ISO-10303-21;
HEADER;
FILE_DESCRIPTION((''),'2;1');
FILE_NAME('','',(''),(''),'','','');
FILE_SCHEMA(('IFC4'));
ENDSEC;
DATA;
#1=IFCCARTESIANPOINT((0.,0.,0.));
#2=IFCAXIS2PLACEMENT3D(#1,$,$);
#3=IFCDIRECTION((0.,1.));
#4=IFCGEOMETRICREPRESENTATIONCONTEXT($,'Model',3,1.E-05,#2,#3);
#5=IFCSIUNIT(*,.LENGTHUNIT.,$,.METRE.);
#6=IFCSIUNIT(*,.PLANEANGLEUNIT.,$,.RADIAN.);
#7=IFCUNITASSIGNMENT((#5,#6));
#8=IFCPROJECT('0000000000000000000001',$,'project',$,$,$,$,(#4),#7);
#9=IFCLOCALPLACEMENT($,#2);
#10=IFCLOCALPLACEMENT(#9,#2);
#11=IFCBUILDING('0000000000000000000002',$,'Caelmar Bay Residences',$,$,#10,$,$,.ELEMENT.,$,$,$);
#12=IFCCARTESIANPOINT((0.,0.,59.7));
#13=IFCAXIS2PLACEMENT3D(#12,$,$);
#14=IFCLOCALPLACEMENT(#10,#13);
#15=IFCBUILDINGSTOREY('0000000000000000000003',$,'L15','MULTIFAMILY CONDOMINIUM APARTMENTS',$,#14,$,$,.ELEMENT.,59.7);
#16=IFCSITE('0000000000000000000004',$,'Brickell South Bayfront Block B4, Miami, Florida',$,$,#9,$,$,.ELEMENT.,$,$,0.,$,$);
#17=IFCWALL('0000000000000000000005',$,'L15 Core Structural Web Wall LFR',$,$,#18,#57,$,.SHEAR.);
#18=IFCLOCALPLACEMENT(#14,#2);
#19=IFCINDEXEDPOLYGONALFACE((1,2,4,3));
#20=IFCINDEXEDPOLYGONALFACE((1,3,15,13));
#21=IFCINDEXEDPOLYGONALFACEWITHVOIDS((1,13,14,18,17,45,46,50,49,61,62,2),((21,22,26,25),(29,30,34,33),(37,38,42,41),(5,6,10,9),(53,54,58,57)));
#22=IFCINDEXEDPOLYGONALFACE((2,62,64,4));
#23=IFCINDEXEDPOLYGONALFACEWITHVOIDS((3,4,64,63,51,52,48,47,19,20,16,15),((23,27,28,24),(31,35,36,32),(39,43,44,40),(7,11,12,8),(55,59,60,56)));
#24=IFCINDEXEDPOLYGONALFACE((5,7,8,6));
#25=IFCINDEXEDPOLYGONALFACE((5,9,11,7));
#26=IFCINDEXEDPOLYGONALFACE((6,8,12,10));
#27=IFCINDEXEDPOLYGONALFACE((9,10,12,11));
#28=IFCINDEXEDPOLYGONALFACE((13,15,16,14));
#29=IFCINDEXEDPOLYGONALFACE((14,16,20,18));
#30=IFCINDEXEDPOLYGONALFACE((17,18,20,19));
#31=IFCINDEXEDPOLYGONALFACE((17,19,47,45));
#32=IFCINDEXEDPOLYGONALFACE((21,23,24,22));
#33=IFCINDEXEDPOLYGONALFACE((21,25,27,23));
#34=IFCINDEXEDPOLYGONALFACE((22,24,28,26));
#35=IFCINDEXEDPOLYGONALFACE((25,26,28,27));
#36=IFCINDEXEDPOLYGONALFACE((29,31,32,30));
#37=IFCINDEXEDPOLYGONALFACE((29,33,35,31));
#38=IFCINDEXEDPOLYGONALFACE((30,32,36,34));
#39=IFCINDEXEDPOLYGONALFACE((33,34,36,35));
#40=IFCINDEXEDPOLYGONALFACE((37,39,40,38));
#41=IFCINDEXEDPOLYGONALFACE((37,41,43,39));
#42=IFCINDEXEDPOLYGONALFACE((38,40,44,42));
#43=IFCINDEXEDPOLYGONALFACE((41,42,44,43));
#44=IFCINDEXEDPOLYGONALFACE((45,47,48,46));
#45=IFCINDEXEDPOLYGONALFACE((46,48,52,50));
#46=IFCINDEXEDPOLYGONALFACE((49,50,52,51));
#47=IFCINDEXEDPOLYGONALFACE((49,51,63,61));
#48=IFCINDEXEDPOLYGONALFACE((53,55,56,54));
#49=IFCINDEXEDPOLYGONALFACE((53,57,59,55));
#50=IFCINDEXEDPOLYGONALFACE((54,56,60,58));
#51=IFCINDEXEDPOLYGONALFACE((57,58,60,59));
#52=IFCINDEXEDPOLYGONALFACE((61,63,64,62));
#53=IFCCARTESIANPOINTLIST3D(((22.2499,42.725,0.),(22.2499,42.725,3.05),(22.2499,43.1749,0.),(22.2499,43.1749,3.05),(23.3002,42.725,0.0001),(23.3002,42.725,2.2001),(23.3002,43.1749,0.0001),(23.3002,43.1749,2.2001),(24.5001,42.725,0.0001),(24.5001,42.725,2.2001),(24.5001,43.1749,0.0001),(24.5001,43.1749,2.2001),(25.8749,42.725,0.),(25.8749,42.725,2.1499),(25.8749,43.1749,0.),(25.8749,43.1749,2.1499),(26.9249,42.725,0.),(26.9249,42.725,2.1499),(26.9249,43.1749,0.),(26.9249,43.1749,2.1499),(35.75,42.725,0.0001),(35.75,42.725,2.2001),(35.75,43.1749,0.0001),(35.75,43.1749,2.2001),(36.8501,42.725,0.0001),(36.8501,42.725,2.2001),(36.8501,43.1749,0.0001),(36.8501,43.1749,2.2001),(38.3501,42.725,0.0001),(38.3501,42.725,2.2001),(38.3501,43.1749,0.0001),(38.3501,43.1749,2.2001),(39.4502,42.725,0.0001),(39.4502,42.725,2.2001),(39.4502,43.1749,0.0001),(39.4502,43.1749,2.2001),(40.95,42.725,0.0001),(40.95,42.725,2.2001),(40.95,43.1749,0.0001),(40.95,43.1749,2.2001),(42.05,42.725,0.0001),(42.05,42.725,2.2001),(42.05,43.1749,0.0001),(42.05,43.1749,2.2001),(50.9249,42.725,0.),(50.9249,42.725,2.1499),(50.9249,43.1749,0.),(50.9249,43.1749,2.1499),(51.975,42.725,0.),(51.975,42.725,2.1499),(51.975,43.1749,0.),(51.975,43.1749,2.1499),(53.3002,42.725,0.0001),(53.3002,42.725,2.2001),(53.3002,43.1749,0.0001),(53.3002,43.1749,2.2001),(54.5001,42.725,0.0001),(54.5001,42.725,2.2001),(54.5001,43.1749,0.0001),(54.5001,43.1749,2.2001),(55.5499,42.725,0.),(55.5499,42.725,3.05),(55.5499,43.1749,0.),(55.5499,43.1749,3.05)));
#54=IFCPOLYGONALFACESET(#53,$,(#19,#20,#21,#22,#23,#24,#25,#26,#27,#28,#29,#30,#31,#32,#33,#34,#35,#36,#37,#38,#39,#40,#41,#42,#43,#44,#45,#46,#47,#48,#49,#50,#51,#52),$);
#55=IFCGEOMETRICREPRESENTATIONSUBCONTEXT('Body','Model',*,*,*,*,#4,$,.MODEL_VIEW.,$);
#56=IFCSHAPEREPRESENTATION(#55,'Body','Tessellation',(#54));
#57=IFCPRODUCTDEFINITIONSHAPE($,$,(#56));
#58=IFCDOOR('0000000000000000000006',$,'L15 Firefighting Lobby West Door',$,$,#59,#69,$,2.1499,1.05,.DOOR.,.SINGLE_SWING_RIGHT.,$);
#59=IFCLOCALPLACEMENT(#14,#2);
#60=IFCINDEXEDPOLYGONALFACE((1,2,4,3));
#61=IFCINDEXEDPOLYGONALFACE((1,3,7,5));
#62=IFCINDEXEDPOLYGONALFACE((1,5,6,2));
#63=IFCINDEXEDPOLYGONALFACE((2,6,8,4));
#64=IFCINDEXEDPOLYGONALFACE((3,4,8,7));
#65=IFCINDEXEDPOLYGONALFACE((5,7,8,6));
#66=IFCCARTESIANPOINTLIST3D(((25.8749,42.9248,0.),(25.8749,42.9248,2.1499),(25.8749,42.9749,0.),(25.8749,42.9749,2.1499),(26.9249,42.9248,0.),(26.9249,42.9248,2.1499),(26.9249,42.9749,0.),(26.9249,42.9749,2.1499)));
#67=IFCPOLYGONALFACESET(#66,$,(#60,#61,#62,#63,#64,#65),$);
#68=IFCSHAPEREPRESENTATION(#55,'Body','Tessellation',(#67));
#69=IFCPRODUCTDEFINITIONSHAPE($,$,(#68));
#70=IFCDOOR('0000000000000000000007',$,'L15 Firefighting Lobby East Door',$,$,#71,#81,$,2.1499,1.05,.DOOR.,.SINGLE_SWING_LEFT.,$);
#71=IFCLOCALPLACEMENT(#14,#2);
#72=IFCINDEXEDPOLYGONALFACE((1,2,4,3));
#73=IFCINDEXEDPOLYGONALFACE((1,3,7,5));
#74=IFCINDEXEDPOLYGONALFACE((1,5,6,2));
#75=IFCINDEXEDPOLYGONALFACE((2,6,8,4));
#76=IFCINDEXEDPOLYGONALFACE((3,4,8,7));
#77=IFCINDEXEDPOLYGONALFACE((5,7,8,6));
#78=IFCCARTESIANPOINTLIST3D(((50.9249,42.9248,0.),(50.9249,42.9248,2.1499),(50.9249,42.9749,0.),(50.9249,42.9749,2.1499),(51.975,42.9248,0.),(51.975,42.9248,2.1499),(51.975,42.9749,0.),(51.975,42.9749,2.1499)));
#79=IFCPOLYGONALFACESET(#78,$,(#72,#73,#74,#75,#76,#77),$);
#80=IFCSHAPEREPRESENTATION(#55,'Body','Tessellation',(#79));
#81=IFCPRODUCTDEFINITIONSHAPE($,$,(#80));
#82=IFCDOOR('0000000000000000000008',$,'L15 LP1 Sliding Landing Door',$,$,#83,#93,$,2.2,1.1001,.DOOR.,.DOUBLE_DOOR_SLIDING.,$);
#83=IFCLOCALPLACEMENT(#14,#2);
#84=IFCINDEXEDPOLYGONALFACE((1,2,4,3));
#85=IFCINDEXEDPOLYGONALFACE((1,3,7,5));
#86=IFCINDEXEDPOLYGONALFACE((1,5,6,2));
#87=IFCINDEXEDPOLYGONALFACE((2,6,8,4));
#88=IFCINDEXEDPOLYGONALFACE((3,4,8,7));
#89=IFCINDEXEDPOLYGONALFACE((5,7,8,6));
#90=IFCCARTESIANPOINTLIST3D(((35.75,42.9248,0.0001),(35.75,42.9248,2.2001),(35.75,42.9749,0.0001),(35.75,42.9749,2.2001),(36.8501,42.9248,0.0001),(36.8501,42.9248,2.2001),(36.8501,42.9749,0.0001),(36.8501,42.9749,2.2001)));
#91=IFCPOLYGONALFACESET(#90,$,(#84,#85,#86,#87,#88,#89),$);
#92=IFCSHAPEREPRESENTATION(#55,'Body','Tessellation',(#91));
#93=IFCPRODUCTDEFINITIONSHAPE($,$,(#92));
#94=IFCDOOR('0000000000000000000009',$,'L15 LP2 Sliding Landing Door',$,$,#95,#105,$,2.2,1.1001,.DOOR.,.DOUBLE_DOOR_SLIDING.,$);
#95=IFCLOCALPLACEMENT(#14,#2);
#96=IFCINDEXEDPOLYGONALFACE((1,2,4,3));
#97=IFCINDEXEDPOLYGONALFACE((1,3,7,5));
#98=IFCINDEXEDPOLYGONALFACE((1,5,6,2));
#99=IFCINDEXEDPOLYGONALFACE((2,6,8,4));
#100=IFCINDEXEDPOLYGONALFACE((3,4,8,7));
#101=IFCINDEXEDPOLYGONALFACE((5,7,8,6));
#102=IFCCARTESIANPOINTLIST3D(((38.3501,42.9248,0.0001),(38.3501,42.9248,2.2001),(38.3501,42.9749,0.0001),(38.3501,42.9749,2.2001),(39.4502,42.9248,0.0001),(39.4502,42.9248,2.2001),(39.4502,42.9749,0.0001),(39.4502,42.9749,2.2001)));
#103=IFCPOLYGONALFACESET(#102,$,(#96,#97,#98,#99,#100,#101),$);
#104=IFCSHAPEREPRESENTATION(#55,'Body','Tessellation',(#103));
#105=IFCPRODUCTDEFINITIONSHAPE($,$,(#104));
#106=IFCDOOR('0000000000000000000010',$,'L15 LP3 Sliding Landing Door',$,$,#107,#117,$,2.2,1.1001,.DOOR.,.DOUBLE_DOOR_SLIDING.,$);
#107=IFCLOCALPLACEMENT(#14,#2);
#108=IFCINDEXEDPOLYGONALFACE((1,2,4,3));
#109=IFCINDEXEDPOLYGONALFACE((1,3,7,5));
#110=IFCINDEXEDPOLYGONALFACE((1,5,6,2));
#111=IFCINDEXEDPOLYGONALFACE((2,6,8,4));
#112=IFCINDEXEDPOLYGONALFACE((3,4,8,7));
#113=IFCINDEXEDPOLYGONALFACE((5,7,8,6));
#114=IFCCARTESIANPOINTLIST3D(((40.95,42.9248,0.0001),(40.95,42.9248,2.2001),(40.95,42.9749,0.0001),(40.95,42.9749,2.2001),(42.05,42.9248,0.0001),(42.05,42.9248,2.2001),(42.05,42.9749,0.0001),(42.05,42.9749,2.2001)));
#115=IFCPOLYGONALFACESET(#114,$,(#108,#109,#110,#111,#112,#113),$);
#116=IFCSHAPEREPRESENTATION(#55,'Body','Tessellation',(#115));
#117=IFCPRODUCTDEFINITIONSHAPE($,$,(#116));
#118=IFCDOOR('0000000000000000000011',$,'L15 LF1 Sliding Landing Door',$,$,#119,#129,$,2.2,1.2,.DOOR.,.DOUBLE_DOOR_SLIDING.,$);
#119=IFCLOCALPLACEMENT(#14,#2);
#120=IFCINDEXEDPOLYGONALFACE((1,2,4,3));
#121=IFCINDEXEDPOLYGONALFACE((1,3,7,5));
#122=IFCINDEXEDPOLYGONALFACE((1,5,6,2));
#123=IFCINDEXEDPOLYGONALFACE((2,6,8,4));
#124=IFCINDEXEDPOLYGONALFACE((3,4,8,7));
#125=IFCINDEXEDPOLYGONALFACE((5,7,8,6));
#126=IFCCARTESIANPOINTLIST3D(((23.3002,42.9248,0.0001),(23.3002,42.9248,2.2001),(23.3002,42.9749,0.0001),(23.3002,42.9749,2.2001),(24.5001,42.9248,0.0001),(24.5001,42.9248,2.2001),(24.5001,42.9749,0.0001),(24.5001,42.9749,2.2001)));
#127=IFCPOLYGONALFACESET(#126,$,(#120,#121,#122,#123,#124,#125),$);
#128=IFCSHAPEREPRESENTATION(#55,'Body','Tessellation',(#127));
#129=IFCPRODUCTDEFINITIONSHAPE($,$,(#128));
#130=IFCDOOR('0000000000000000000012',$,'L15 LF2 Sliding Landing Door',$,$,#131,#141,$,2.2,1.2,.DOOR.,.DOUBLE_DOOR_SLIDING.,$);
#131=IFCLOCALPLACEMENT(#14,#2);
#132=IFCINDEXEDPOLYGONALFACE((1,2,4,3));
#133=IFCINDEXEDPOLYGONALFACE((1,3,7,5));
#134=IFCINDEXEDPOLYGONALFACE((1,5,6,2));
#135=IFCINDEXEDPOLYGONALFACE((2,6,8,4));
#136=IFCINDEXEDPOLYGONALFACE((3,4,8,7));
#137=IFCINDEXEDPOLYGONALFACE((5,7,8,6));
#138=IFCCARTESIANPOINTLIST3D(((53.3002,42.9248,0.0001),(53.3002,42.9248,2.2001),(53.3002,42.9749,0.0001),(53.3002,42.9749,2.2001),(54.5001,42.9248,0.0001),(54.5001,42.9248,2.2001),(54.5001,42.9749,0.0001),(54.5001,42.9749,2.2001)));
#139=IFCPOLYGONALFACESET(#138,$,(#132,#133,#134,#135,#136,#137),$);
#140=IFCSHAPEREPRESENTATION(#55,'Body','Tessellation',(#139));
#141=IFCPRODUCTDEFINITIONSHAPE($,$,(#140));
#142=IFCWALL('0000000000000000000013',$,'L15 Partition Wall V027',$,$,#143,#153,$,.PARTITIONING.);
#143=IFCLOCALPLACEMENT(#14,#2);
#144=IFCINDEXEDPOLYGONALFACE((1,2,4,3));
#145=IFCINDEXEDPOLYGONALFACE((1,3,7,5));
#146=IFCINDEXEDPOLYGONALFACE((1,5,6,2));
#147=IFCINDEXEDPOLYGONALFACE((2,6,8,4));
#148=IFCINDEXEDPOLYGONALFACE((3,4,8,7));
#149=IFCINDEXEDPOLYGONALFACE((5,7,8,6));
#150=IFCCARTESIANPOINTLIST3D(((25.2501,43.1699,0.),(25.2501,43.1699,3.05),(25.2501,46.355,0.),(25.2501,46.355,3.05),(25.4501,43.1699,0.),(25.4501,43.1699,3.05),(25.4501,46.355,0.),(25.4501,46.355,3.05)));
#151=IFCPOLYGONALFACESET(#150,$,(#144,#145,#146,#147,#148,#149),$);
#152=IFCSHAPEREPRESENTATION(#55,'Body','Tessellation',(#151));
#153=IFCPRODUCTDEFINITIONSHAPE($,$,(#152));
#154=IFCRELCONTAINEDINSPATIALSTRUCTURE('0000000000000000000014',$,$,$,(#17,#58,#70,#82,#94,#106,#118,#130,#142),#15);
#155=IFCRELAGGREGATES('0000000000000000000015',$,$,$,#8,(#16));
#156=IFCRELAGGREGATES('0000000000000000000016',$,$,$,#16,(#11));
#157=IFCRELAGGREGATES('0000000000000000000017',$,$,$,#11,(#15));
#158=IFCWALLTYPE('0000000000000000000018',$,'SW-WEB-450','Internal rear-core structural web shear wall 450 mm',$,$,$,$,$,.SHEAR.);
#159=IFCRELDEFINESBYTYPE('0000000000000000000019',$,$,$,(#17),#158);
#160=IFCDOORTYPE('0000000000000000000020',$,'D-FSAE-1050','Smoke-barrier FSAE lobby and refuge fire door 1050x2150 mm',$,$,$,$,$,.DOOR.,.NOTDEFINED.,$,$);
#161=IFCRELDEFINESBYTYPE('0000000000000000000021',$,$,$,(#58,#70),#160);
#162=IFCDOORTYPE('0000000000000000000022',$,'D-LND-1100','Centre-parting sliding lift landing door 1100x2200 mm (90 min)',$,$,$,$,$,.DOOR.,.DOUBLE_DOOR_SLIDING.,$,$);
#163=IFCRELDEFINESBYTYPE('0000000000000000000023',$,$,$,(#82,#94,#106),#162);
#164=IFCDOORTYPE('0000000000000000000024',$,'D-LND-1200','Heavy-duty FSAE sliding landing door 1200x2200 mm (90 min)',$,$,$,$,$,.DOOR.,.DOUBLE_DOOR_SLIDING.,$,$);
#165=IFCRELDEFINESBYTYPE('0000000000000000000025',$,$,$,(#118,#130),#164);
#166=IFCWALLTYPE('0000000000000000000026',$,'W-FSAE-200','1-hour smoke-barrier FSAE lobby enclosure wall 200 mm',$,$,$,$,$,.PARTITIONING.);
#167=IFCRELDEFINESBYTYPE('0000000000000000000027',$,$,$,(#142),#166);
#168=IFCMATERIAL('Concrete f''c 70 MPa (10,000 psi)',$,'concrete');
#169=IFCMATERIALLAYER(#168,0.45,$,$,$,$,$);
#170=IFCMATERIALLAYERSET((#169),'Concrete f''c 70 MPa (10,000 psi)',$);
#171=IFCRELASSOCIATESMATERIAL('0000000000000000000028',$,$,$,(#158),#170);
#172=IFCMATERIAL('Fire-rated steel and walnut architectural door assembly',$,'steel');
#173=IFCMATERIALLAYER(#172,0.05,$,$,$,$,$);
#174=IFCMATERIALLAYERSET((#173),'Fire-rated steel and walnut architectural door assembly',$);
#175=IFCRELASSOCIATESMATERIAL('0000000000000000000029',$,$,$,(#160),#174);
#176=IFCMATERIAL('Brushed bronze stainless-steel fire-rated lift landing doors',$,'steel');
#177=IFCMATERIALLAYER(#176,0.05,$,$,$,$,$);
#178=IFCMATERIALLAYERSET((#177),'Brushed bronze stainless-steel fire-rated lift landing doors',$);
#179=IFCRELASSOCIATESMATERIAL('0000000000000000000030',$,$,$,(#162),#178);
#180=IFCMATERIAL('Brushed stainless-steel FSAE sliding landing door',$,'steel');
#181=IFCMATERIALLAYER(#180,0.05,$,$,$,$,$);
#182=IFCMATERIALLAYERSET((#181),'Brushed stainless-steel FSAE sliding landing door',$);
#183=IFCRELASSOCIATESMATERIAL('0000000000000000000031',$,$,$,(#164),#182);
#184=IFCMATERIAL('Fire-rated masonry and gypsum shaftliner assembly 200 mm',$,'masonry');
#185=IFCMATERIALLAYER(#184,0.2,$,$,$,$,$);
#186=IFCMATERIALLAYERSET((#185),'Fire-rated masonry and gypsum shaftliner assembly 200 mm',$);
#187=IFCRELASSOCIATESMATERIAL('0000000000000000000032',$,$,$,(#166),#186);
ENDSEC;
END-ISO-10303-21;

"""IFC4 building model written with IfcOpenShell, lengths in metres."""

from ifc_helpers import new_model, si_unit, direction, frame, frame_2d, origin, place, context, subcontext, project, spatial, rectangle, extrude, material, layer, layer_set, type_object, element, fill, save


model = new_model("IFC4")

# Units and contexts
model_context = context("Model", 3, precision=1e-05, world=origin(), true_north=direction((0.0, 1.0)))
body_context = subcontext(model_context, "Body", "Model", "MODEL_VIEW")
ifc_project = project(units=[si_unit("LENGTHUNIT", "METRE"), si_unit("PLANEANGLEUNIT", "RADIAN")], contexts=[model_context])

# Site, building, storey
site_placement = place(None, origin())
site = spatial("IfcSite", under=ifc_project, at=site_placement, Name="Brickell South Bayfront Block B4, Miami, Florida", CompositionType="ELEMENT", RefElevation=0.0)
building_placement = place(site_placement, origin())
building = spatial("IfcBuilding", under=site, at=building_placement, Name="Caelmar Bay Residences", CompositionType="ELEMENT")
storey_placement = place(building_placement, frame((0.0, 0.0, 59.7)))
storey = spatial("IfcBuildingStorey", under=building, at=storey_placement, Name="L15", Description="MULTIFAMILY CONDOMINIUM APARTMENTS", CompositionType="ELEMENT", Elevation=59.7)

# Shared definitions
ifc_material_1 = material(Name="Concrete f'c 70 MPa (10,000 psi)", Category="concrete")
ifc_layer_1 = layer(ifc_material_1, 0.45)
ifc_layer_set_1 = layer_set([ifc_layer_1], Name="Concrete f'c 70 MPa (10,000 psi)")
wall_type_1 = type_object("IfcWallType", Name="SW-WEB-450", Description="Internal rear-core structural web shear wall 450 mm", PredefinedType="SHEAR", material=ifc_layer_set_1)

# Wall, openings, doors
wall_1_placement = place(storey_placement, frame((22.25, 42.95, 0.0), z_axis=(0.0, 0.0, 1.0), x_axis=(1.0, 0.0, 0.0)))
wall_1 = element("IfcWall", 1, at=wall_1_placement, inside=storey, type_object=wall_type_1, Name="L15 Core Structural Web Wall LFR", PredefinedType="SHEAR", context=body_context, shape_type="SweptSolid", body=[
    extrude(rectangle(XDim=33.3, YDim=0.45, at=frame_2d((16.6499, 0.0))), origin(), (0.0, 0.0, 1.0), 3.05),
])
opening_1_placement = place(wall_1_placement, frame((1.05, 0.0, 0.0)))
opening_1 = element("IfcOpeningElement", 2, at=opening_1_placement, cuts=wall_1, PredefinedType="OPENING", context=body_context, shape_type="SweptSolid", body=[
    extrude(rectangle(XDim=1.2, YDim=2.2, at=frame_2d((0.6001, 1.1001))), frame((0.0, 0.2349, 0.0), z_axis=(0.0, -1.0, 0.0), x_axis=(1.0, 0.0, 0.0)), (0.0, 0.0, 1.0), 0.47),
])
opening_2_placement = place(wall_1_placement, frame((31.05, 0.0, 0.0)))
opening_2 = element("IfcOpeningElement", 3, at=opening_2_placement, cuts=wall_1, PredefinedType="OPENING", context=body_context, shape_type="SweptSolid", body=[
    extrude(rectangle(XDim=1.2, YDim=2.2, at=frame_2d((0.6001, 1.1001))), frame((0.0, 0.2349, 0.0), z_axis=(0.0, -1.0, 0.0), x_axis=(1.0, 0.0, 0.0)), (0.0, 0.0, 1.0), 0.47),
])
opening_3_placement = place(wall_1_placement, frame((13.5, 0.0, 0.0)))
opening_3 = element("IfcOpeningElement", 4, at=opening_3_placement, cuts=wall_1, PredefinedType="OPENING", context=body_context, shape_type="SweptSolid", body=[
    extrude(rectangle(XDim=1.1001, YDim=2.2, at=frame_2d((0.55, 1.1001))), frame((0.0, 0.2349, 0.0), z_axis=(0.0, -1.0, 0.0), x_axis=(1.0, 0.0, 0.0)), (0.0, 0.0, 1.0), 0.47),
])
opening_4_placement = place(wall_1_placement, frame((16.1001, 0.0, 0.0)))
opening_4 = element("IfcOpeningElement", 5, at=opening_4_placement, cuts=wall_1, PredefinedType="OPENING", context=body_context, shape_type="SweptSolid", body=[
    extrude(rectangle(XDim=1.1001, YDim=2.2, at=frame_2d((0.55, 1.1001))), frame((0.0, 0.2349, 0.0), z_axis=(0.0, -1.0, 0.0), x_axis=(1.0, 0.0, 0.0)), (0.0, 0.0, 1.0), 0.47),
])
opening_5_placement = place(wall_1_placement, frame((18.7, 0.0, 0.0)))
opening_5 = element("IfcOpeningElement", 6, at=opening_5_placement, cuts=wall_1, PredefinedType="OPENING", context=body_context, shape_type="SweptSolid", body=[
    extrude(rectangle(XDim=1.1001, YDim=2.2, at=frame_2d((0.55, 1.1001))), frame((0.0, 0.2349, 0.0), z_axis=(0.0, -1.0, 0.0), x_axis=(1.0, 0.0, 0.0)), (0.0, 0.0, 1.0), 0.47),
])
opening_6_placement = place(wall_1_placement, frame((3.625, 0.0, 0.0)))
opening_6 = element("IfcOpeningElement", 7, at=opening_6_placement, cuts=wall_1, PredefinedType="OPENING", context=body_context, shape_type="SweptSolid", body=[
    extrude(rectangle(XDim=1.05, YDim=2.1499, at=frame_2d((0.5249, 1.075))), frame((0.0, 0.2349, 0.0), z_axis=(0.0, -1.0, 0.0), x_axis=(1.0, 0.0, 0.0)), (0.0, 0.0, 1.0), 0.47),
])
opening_7_placement = place(wall_1_placement, frame((28.675, 0.0, 0.0)))
opening_7 = element("IfcOpeningElement", 8, at=opening_7_placement, cuts=wall_1, PredefinedType="OPENING", context=body_context, shape_type="SweptSolid", body=[
    extrude(rectangle(XDim=1.05, YDim=2.1499, at=frame_2d((0.5249, 1.075))), frame((0.0, 0.2349, 0.0), z_axis=(0.0, -1.0, 0.0), x_axis=(1.0, 0.0, 0.0)), (0.0, 0.0, 1.0), 0.47),
])
ifc_material_2 = material(Name="Fire-rated steel and walnut architectural door assembly", Category="steel")
ifc_layer_2 = layer(ifc_material_2, 0.05)
ifc_layer_set_2 = layer_set([ifc_layer_2], Name="Fire-rated steel and walnut architectural door assembly")
door_type_1 = type_object("IfcDoorType", Name="D-FSAE-1050", Description="Smoke-barrier FSAE lobby and refuge fire door 1050x2150 mm", OperationType="NOTDEFINED", PredefinedType="DOOR", material=ifc_layer_set_2)
door_1_placement = place(opening_6_placement, origin())
door_1 = element("IfcDoor", 9, at=door_1_placement, inside=storey, type_object=door_type_1, Name="L15 Firefighting Lobby West Door", OperationType="SINGLE_SWING_RIGHT", OverallHeight=2.1499, OverallWidth=1.05, PredefinedType="DOOR", context=body_context, shape_type="SweptSolid", body=[
    extrude(rectangle(XDim=1.05, YDim=2.1499, at=frame_2d((0.5249, 1.075))), frame((0.0, 0.0249, 0.0), z_axis=(0.0, -1.0, 0.0), x_axis=(1.0, 0.0, 0.0)), (0.0, 0.0, 1.0), 0.05),
])
fill(opening_6, door_1)
door_2_placement = place(opening_7_placement, origin())
door_2 = element("IfcDoor", 10, at=door_2_placement, inside=storey, type_object=door_type_1, Name="L15 Firefighting Lobby East Door", OperationType="SINGLE_SWING_LEFT", OverallHeight=2.1499, OverallWidth=1.05, PredefinedType="DOOR", context=body_context, shape_type="SweptSolid", body=[
    extrude(rectangle(XDim=1.05, YDim=2.1499, at=frame_2d((0.5249, 1.075))), frame((0.0, 0.0249, 0.0), z_axis=(0.0, -1.0, 0.0), x_axis=(1.0, 0.0, 0.0)), (0.0, 0.0, 1.0), 0.05),
])
fill(opening_7, door_2)
ifc_material_3 = material(Name="Brushed bronze stainless-steel fire-rated lift landing doors", Category="steel")
ifc_layer_3 = layer(ifc_material_3, 0.05)
ifc_layer_set_3 = layer_set([ifc_layer_3], Name="Brushed bronze stainless-steel fire-rated lift landing doors")
door_type_2 = type_object("IfcDoorType", Name="D-LND-1100", Description="Centre-parting sliding lift landing door 1100x2200 mm (90 min)", OperationType="DOUBLE_DOOR_SLIDING", PredefinedType="DOOR", material=ifc_layer_set_3)
door_3_placement = place(opening_3_placement, origin())
door_3 = element("IfcDoor", 11, at=door_3_placement, inside=storey, type_object=door_type_2, Name="L15 LP1 Sliding Landing Door", OperationType="DOUBLE_DOOR_SLIDING", OverallHeight=2.2, OverallWidth=1.1001, PredefinedType="DOOR", context=body_context, shape_type="SweptSolid", body=[
    extrude(rectangle(XDim=1.1001, YDim=2.2, at=frame_2d((0.55, 1.1001))), frame((0.0, 0.0249, 0.0), z_axis=(0.0, -1.0, 0.0), x_axis=(1.0, 0.0, 0.0)), (0.0, 0.0, 1.0), 0.05),
])
fill(opening_3, door_3)
door_4_placement = place(opening_4_placement, origin())
door_4 = element("IfcDoor", 12, at=door_4_placement, inside=storey, type_object=door_type_2, Name="L15 LP2 Sliding Landing Door", OperationType="DOUBLE_DOOR_SLIDING", OverallHeight=2.2, OverallWidth=1.1001, PredefinedType="DOOR", context=body_context, shape_type="SweptSolid", body=[
    extrude(rectangle(XDim=1.1001, YDim=2.2, at=frame_2d((0.55, 1.1001))), frame((0.0, 0.0249, 0.0), z_axis=(0.0, -1.0, 0.0), x_axis=(1.0, 0.0, 0.0)), (0.0, 0.0, 1.0), 0.05),
])
fill(opening_4, door_4)
door_5_placement = place(opening_5_placement, origin())
door_5 = element("IfcDoor", 13, at=door_5_placement, inside=storey, type_object=door_type_2, Name="L15 LP3 Sliding Landing Door", OperationType="DOUBLE_DOOR_SLIDING", OverallHeight=2.2, OverallWidth=1.1001, PredefinedType="DOOR", context=body_context, shape_type="SweptSolid", body=[
    extrude(rectangle(XDim=1.1001, YDim=2.2, at=frame_2d((0.55, 1.1001))), frame((0.0, 0.0249, 0.0), z_axis=(0.0, -1.0, 0.0), x_axis=(1.0, 0.0, 0.0)), (0.0, 0.0, 1.0), 0.05),
])
fill(opening_5, door_5)
ifc_material_4 = material(Name="Brushed stainless-steel FSAE sliding landing door", Category="steel")
ifc_layer_4 = layer(ifc_material_4, 0.05)
ifc_layer_set_4 = layer_set([ifc_layer_4], Name="Brushed stainless-steel FSAE sliding landing door")
door_type_3 = type_object("IfcDoorType", Name="D-LND-1200", Description="Heavy-duty FSAE sliding landing door 1200x2200 mm (90 min)", OperationType="DOUBLE_DOOR_SLIDING", PredefinedType="DOOR", material=ifc_layer_set_4)
door_6_placement = place(opening_1_placement, origin())
door_6 = element("IfcDoor", 14, at=door_6_placement, inside=storey, type_object=door_type_3, Name="L15 LF1 Sliding Landing Door", OperationType="DOUBLE_DOOR_SLIDING", OverallHeight=2.2, OverallWidth=1.2, PredefinedType="DOOR", context=body_context, shape_type="SweptSolid", body=[
    extrude(rectangle(XDim=1.2, YDim=2.2, at=frame_2d((0.6001, 1.1001))), frame((0.0, 0.0249, 0.0), z_axis=(0.0, -1.0, 0.0), x_axis=(1.0, 0.0, 0.0)), (0.0, 0.0, 1.0), 0.05),
])
fill(opening_1, door_6)
door_7_placement = place(opening_2_placement, origin())
door_7 = element("IfcDoor", 15, at=door_7_placement, inside=storey, type_object=door_type_3, Name="L15 LF2 Sliding Landing Door", OperationType="DOUBLE_DOOR_SLIDING", OverallHeight=2.2, OverallWidth=1.2, PredefinedType="DOOR", context=body_context, shape_type="SweptSolid", body=[
    extrude(rectangle(XDim=1.2, YDim=2.2, at=frame_2d((0.6001, 1.1001))), frame((0.0, 0.0249, 0.0), z_axis=(0.0, -1.0, 0.0), x_axis=(1.0, 0.0, 0.0)), (0.0, 0.0, 1.0), 0.05),
])
fill(opening_2, door_7)

# Wall
ifc_material_5 = material(Name="Fire-rated masonry and gypsum shaftliner assembly 200 mm", Category="masonry")
ifc_layer_5 = layer(ifc_material_5, 0.2)
ifc_layer_set_5 = layer_set([ifc_layer_5], Name="Fire-rated masonry and gypsum shaftliner assembly 200 mm")
wall_type_2 = type_object("IfcWallType", Name="W-FSAE-200", Description="1-hour smoke-barrier FSAE lobby enclosure wall 200 mm", PredefinedType="PARTITIONING", material=ifc_layer_set_5)
wall_2_placement = place(storey_placement, frame((25.3501, 43.1699, 0.0), z_axis=(0.0, 0.0, 1.0), x_axis=(0.0, 1.0, 0.0)))
element("IfcWall", 16, at=wall_2_placement, inside=storey, type_object=wall_type_2, Name="L15 Partition Wall V027", PredefinedType="PARTITIONING", context=body_context, shape_type="SweptSolid", body=[
    extrude(rectangle(XDim=3.1851, YDim=0.2, at=frame_2d((1.5925, 0.0))), origin(), (0.0, 0.0, 1.0), 3.05),
])

save(model, "model.ifc")
